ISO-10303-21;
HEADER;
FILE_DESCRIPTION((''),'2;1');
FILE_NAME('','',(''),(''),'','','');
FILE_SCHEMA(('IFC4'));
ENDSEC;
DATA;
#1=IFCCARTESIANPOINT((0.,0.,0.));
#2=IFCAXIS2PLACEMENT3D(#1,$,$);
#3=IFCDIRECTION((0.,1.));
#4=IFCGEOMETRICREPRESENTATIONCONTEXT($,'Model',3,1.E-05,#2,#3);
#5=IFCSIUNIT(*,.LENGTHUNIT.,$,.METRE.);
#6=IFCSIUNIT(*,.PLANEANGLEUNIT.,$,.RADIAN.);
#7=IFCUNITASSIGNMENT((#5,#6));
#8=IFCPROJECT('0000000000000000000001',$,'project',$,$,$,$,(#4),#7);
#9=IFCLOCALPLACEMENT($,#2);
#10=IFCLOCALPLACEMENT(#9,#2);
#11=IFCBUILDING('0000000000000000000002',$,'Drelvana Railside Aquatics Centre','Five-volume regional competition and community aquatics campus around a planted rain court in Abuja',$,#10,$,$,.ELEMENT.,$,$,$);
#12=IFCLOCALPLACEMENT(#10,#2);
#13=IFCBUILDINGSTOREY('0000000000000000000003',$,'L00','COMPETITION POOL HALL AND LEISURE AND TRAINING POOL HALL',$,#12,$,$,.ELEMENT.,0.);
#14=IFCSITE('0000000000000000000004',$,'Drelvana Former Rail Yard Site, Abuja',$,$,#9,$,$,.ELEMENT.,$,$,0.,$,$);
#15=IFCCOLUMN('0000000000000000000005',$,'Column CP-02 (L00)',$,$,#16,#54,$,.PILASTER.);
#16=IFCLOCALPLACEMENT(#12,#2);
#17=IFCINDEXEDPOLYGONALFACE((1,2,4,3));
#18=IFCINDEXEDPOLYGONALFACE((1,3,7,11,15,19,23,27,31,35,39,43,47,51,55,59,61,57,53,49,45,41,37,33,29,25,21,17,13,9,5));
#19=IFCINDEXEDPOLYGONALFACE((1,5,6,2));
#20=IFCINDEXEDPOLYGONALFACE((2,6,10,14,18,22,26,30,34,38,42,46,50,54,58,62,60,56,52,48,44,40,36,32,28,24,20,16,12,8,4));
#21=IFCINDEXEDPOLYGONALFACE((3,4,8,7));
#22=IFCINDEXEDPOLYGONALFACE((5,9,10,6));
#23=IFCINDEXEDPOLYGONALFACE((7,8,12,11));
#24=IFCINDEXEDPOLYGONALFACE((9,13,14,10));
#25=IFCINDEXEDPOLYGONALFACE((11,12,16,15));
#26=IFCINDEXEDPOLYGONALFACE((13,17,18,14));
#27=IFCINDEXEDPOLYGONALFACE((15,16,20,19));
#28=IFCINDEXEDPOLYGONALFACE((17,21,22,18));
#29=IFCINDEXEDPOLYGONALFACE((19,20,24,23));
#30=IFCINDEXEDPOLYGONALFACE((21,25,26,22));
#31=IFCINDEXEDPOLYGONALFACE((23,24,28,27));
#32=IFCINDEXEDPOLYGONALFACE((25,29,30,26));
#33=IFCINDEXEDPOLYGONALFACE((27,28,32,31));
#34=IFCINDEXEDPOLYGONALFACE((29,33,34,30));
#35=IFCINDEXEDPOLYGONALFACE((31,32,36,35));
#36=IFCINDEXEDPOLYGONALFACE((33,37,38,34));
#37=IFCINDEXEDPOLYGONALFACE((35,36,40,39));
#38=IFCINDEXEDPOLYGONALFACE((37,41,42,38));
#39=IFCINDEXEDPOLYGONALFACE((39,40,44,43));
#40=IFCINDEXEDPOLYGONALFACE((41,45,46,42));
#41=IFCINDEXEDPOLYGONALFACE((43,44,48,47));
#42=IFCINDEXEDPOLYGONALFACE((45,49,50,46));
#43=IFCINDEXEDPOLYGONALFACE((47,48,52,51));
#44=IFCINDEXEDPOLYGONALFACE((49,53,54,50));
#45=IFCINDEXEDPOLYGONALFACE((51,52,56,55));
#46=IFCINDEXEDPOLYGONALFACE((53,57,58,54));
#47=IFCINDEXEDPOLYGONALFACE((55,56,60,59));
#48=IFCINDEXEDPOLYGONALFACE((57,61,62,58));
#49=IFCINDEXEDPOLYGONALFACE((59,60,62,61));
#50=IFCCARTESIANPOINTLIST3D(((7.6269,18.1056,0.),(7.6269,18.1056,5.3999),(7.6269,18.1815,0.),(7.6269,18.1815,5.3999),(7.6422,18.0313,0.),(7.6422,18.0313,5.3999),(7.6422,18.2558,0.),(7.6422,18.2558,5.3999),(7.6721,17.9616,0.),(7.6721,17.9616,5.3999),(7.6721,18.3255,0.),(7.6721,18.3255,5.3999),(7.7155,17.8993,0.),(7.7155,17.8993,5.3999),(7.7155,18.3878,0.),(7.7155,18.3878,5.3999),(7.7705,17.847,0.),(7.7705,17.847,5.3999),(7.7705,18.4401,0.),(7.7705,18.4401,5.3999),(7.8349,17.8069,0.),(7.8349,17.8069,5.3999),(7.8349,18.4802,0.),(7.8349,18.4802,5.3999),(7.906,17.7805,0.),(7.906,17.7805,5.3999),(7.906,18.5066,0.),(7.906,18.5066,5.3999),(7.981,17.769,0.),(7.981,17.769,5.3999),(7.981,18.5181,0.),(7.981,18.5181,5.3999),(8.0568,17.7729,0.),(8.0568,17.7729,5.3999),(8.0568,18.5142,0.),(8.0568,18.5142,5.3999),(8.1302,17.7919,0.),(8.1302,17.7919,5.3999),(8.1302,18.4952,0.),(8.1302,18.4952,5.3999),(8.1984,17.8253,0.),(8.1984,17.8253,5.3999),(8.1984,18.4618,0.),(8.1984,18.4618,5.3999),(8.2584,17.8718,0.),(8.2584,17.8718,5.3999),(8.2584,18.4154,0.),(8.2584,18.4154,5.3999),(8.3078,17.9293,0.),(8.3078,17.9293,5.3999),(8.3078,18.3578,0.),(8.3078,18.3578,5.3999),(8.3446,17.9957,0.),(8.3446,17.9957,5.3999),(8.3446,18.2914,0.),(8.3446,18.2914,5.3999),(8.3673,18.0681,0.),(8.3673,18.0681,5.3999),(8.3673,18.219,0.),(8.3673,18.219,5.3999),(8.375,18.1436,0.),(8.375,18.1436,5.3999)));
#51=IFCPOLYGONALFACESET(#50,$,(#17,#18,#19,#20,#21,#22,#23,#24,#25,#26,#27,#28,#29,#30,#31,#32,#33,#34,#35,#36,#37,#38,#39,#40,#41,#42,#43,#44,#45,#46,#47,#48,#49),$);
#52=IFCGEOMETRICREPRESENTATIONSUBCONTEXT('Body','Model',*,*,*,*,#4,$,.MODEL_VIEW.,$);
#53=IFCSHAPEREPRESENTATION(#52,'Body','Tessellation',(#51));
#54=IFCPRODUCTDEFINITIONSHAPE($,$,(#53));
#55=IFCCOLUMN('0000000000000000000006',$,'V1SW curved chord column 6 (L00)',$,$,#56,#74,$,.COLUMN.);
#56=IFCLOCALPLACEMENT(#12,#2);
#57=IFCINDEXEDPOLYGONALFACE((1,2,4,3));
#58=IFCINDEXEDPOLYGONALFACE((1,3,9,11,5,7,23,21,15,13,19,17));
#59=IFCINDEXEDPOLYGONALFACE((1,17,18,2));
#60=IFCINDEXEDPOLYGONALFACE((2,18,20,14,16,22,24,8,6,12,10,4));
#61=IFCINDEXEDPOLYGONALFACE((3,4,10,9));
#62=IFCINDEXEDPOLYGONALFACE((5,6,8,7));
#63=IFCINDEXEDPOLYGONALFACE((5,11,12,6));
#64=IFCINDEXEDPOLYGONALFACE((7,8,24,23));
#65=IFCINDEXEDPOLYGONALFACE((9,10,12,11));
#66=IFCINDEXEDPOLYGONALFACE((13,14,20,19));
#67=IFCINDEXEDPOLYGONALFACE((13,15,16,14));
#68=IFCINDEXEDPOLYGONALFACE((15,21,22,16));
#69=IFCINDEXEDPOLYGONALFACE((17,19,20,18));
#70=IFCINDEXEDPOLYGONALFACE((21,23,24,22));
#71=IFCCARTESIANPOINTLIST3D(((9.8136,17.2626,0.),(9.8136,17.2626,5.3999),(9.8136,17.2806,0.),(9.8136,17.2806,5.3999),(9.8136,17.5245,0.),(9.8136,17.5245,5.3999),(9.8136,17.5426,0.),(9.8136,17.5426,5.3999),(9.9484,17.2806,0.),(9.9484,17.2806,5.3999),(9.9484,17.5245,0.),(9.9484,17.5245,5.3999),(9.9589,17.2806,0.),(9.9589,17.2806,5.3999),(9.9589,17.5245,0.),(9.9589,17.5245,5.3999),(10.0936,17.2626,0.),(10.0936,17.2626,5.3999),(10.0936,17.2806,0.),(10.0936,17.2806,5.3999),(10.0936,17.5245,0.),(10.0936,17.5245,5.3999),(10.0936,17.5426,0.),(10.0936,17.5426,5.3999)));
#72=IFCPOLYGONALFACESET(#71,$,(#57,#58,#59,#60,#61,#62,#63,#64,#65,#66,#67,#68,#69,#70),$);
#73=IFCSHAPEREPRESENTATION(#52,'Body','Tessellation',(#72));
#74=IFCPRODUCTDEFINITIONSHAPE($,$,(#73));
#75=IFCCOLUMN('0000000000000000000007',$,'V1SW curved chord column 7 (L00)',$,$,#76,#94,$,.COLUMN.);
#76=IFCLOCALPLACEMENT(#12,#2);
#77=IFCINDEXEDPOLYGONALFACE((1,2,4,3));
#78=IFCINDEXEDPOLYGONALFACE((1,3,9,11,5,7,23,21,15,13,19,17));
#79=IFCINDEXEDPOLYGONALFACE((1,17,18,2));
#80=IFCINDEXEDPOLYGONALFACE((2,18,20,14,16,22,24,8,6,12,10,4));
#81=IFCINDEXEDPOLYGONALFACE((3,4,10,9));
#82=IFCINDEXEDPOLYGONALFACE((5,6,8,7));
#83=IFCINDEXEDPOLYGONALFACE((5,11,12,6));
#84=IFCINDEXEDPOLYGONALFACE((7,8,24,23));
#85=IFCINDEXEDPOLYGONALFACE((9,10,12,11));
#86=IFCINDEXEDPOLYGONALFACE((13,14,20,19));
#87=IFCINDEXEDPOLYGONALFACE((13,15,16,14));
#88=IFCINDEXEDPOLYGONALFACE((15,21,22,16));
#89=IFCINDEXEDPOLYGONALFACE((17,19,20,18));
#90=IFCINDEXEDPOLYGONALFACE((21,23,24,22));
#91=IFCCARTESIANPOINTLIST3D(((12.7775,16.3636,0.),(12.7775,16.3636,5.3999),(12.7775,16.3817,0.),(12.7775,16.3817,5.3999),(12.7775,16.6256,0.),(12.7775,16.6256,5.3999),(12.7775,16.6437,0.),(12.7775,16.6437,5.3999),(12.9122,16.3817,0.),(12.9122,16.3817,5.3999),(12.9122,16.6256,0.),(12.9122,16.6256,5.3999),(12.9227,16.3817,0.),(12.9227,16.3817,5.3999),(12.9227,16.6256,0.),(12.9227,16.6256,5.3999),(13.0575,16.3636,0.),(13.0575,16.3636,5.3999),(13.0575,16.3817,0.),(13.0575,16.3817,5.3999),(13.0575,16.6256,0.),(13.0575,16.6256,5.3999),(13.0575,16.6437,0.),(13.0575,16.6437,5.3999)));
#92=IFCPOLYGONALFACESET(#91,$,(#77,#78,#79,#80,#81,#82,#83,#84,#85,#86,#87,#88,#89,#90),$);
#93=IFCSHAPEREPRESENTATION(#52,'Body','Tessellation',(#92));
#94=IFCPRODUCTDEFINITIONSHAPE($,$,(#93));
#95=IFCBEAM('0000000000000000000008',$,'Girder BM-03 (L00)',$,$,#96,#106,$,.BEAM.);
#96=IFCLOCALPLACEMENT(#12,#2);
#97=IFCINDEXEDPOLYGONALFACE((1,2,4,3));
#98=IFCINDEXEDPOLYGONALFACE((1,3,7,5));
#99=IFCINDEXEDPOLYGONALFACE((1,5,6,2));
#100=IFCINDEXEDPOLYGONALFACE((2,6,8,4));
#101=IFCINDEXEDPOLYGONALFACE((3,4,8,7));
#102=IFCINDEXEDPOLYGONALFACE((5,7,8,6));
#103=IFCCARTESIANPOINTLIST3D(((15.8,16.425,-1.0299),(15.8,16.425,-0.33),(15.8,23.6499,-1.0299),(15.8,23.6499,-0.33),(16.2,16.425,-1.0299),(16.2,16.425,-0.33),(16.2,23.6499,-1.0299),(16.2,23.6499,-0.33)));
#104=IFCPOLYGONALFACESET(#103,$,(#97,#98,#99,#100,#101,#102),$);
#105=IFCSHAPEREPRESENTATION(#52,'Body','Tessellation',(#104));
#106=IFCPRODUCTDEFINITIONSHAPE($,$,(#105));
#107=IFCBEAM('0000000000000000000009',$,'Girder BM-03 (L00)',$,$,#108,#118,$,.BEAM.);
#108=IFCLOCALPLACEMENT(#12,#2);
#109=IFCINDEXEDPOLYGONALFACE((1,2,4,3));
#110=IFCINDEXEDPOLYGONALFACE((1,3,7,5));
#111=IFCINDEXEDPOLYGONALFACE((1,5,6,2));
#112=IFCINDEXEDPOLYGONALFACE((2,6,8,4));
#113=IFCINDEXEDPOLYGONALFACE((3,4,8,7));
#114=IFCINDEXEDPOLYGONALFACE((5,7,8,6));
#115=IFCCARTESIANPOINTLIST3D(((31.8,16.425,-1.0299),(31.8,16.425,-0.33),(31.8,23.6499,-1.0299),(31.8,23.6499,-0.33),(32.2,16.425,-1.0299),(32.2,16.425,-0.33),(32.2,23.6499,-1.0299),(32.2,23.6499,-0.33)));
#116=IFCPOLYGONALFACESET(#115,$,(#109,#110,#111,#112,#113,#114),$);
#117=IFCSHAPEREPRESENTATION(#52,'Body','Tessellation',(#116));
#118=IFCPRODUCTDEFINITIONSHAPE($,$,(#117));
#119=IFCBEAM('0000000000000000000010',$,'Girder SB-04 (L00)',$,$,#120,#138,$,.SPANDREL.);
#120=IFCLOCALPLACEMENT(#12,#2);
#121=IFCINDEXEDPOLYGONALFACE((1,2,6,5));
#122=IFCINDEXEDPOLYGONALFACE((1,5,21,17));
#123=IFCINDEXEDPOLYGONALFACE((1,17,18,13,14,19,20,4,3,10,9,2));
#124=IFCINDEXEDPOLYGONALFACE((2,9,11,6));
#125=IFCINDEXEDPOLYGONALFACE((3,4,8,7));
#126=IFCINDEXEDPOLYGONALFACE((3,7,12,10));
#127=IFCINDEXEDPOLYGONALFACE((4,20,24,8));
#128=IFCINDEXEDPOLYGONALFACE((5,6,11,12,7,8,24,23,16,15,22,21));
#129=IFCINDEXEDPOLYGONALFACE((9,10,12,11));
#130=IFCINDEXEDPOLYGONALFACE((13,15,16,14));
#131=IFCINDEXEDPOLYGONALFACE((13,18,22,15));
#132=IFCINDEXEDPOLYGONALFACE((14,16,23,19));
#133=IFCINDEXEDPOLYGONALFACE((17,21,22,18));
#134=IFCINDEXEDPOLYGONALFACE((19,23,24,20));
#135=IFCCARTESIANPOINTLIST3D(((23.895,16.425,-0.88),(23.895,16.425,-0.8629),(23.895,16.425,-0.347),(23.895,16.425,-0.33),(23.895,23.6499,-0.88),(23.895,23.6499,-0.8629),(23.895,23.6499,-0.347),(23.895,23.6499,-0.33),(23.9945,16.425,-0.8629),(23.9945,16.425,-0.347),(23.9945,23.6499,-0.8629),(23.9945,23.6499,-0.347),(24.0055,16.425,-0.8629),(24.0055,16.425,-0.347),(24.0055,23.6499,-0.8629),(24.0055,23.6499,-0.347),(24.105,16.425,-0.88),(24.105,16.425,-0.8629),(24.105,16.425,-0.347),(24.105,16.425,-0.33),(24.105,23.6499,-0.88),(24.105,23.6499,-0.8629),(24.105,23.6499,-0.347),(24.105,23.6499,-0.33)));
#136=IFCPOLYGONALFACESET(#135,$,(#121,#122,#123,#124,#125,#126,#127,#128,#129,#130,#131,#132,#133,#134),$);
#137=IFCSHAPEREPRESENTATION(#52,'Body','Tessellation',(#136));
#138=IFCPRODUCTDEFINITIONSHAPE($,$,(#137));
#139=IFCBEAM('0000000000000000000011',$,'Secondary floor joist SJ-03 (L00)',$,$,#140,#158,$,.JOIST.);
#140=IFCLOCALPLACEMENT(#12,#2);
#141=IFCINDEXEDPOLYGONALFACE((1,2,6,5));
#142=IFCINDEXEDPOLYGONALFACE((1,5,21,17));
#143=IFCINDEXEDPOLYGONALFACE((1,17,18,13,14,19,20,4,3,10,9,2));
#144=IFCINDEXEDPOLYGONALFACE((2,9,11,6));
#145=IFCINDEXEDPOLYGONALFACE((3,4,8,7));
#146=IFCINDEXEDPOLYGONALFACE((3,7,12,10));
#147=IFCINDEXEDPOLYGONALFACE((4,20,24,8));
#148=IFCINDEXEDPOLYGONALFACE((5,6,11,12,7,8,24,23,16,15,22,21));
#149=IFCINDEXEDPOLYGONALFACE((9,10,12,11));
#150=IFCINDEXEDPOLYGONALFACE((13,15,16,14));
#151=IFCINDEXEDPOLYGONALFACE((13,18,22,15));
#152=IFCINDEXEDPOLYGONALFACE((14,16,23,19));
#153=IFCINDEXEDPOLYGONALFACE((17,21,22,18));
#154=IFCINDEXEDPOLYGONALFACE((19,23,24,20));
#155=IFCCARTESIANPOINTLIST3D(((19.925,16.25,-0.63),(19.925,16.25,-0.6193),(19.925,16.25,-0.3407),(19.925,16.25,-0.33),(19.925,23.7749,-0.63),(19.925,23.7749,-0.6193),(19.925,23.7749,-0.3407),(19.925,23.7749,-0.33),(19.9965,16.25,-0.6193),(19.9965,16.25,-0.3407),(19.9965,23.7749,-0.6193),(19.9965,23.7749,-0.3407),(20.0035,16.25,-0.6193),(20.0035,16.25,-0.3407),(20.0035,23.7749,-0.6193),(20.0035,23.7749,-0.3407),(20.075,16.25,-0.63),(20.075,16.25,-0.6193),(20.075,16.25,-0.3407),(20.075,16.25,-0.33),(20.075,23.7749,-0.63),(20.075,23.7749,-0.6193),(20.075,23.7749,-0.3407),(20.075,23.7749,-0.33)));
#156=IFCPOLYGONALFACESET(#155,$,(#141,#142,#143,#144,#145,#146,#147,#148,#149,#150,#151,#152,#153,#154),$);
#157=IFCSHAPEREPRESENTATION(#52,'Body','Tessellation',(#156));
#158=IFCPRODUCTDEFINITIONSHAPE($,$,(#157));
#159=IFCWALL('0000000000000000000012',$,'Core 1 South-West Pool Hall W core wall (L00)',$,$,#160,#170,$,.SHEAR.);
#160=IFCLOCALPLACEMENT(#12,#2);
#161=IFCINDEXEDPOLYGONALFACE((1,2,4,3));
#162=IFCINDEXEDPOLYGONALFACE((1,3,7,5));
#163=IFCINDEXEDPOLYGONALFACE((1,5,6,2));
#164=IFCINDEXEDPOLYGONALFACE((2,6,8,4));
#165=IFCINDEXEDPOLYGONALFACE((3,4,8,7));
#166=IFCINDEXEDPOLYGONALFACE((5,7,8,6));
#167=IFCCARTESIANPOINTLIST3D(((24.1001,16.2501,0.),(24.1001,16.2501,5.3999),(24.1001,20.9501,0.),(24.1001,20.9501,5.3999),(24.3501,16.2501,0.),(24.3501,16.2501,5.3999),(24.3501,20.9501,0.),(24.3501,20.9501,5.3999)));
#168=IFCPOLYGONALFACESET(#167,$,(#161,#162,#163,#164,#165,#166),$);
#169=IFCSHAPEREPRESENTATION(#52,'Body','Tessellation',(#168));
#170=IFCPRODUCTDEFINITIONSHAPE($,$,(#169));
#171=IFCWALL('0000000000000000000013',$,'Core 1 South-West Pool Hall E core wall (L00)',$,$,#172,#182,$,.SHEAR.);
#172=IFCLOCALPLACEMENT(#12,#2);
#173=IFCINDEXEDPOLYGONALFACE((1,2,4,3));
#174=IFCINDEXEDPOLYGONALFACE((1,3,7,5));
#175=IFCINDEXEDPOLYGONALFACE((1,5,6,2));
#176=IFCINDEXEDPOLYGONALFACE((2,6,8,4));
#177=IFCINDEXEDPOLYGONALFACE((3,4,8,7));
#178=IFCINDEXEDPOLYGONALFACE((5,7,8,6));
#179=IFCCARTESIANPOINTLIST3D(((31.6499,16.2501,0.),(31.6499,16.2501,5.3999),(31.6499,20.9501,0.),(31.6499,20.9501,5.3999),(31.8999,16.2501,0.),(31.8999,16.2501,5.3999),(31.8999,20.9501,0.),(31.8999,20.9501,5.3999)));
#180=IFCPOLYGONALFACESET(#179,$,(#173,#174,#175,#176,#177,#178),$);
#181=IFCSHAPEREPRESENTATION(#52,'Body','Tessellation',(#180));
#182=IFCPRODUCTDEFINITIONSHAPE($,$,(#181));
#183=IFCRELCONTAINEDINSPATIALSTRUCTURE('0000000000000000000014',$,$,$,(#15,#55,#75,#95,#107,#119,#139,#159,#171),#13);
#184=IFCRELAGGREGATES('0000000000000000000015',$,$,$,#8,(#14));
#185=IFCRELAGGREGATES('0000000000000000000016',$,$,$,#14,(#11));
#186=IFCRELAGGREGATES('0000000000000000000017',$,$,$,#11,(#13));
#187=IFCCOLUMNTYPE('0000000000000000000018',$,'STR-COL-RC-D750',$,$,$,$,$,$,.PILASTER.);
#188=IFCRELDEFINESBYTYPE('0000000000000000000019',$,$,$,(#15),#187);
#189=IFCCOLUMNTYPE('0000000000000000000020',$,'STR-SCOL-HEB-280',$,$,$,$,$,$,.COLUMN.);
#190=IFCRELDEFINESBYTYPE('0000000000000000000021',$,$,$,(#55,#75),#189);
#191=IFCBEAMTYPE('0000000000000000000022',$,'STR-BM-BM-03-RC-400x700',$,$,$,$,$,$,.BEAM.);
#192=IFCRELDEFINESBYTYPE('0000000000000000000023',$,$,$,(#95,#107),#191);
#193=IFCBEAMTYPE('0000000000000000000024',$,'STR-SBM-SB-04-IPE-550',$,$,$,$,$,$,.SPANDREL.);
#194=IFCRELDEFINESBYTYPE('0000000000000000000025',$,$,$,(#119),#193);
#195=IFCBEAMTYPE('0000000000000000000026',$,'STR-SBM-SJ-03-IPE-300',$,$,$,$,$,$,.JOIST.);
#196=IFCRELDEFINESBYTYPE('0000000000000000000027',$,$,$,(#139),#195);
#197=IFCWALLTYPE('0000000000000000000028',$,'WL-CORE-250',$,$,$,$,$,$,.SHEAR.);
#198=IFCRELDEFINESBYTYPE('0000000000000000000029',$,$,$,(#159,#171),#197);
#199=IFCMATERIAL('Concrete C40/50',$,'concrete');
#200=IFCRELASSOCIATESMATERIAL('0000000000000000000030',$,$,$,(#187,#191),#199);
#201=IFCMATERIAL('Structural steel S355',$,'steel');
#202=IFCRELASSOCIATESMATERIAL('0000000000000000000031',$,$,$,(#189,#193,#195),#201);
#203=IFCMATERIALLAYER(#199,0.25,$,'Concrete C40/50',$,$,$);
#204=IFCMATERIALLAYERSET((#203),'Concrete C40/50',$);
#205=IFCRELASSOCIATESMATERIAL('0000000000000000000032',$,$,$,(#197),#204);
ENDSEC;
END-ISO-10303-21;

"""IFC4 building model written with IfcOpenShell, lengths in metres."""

from ifc_helpers import new_model, si_unit, direction, frame, frame_2d, origin, origin_2d, place, context, subcontext, project, spatial, rectangle, circle, i_section, extrude, material, layer, layer_set, material_profile, profile_set, type_object, element, save


model = new_model("IFC4")

# Units and contexts
model_context = context("Model", 3, precision=1e-05, world=origin(), true_north=direction((0.0, 1.0)))
body_context = subcontext(model_context, "Body", "Model", "MODEL_VIEW")
ifc_project = project(units=[si_unit("LENGTHUNIT", "METRE"), si_unit("PLANEANGLEUNIT", "RADIAN")], contexts=[model_context])

# Site, building, storey
site_placement = place(None, origin())
site = spatial("IfcSite", under=ifc_project, at=site_placement, Name="Drelvana Former Rail Yard Site, Abuja", CompositionType="ELEMENT", RefElevation=0.0)
building_placement = place(site_placement, origin())
building = spatial("IfcBuilding", under=site, at=building_placement, Name="Drelvana Railside Aquatics Centre", Description="Five-volume regional competition and community aquatics campus around a planted rain court in Abuja", CompositionType="ELEMENT")
storey_placement = place(building_placement, origin())
storey = spatial("IfcBuildingStorey", under=building, at=storey_placement, Name="L00", Description="COMPETITION POOL HALL AND LEISURE AND TRAINING POOL HALL", CompositionType="ELEMENT", Elevation=0.0)

# Columns
ifc_material_1 = material(Name="Concrete C40/50", Category="concrete")
ifc_material_profile_1 = material_profile(ifc_material_1, circle(Radius=0.375, at=origin_2d()), Name="RC D750")
ifc_profile_set_1 = profile_set([ifc_material_profile_1], Name="Concrete C40/50")
column_type_1 = type_object("IfcColumnType", Name="STR-COL-RC-D750", PredefinedType="PILASTER", material=ifc_profile_set_1)
column_placement = place(storey_placement, frame((8.0, 18.1436, 0.0), z_axis=(0.0, 0.0, 1.0), x_axis=(1.0, 0.0, 0.0)))
element("IfcColumn", 1, at=column_placement, inside=storey, type_object=column_type_1, Name="Column CP-02 (L00)", PredefinedType="PILASTER", context=body_context, shape_type="SweptSolid", body=[
    extrude(circle(Radius=0.375, at=origin_2d()), origin(), (0.0, 0.0, 1.0), 5.3999),
])
ifc_material_2 = material(Name="Structural steel S355", Category="steel")
ifc_material_profile_2 = material_profile(ifc_material_2, i_section(OverallWidth=0.28, OverallDepth=0.28, WebThickness=0.0105, FlangeThickness=0.0181, at=origin_2d()), Name="HEB 280")
ifc_profile_set_2 = profile_set([ifc_material_profile_2], Name="Structural steel S355")
column_type_2 = type_object("IfcColumnType", Name="STR-SCOL-HEB-280", PredefinedType="COLUMN", material=ifc_profile_set_2)
for number, where, z_axis, x_axis, name in (
    (2, (9.9536, 17.4026, 0.0), (0.0, 0.0, 1.0), (1.0, 0.0, 0.0), "V1SW curved chord column 6 (L00)"),
    (3, (12.9175, 16.5037, 0.0), (0.0, 0.0, 1.0), (1.0, 0.0, 0.0), "V1SW curved chord column 7 (L00)"),
):
    element("IfcColumn", number, at=place(storey_placement, frame(where, z_axis=z_axis, x_axis=x_axis)), inside=storey, type_object=column_type_2, Name=name, PredefinedType="COLUMN", context=body_context, shape_type="SweptSolid", body=[
        extrude(i_section(OverallWidth=0.28, OverallDepth=0.28, WebThickness=0.0105, FlangeThickness=0.0181, at=origin_2d()), origin(), (0.0, 0.0, 1.0), 5.3999),
    ])

# Beams
ifc_material_profile_3 = material_profile(ifc_material_1, rectangle(XDim=0.3999, YDim=0.7, at=origin_2d()), Name="RC 400x700")
ifc_profile_set_3 = profile_set([ifc_material_profile_3], Name="Concrete C40/50")
beam_type_1 = type_object("IfcBeamType", Name="STR-BM-BM-03-RC-400x700", PredefinedType="BEAM", material=ifc_profile_set_3)
for number, where, z_axis, x_axis, name in (
    (4, (16.0, 16.425, -0.6799), (0.0, 1.0, 0.0), (-1.0, 0.0, 0.0), "Girder BM-03 (L00)"),
    (5, (32.0, 16.425, -0.6799), (0.0, 1.0, 0.0), (-1.0, 0.0, 0.0), "Girder BM-03 (L00)"),
):
    element("IfcBeam", number, at=place(storey_placement, frame(where, z_axis=z_axis, x_axis=x_axis)), inside=storey, type_object=beam_type_1, Name=name, PredefinedType="BEAM", context=body_context, shape_type="SweptSolid", body=[
        extrude(rectangle(XDim=0.3999, YDim=0.7, at=origin_2d()), origin(), (0.0, 0.0, 1.0), 7.2249),
    ])
ifc_material_profile_4 = material_profile(ifc_material_2, i_section(OverallWidth=0.21, OverallDepth=0.55, WebThickness=0.011, FlangeThickness=0.0171, at=origin_2d()), Name="IPE 550")
ifc_profile_set_4 = profile_set([ifc_material_profile_4], Name="Structural steel S355")
beam_type_2 = type_object("IfcBeamType", Name="STR-SBM-SB-04-IPE-550", PredefinedType="SPANDREL", material=ifc_profile_set_4)
beam_1_placement = place(storey_placement, frame((24.0, 16.425, -0.605), z_axis=(0.0, 1.0, 0.0), x_axis=(-1.0, 0.0, 0.0)))
element("IfcBeam", 6, at=beam_1_placement, inside=storey, type_object=beam_type_2, Name="Girder SB-04 (L00)", PredefinedType="SPANDREL", context=body_context, shape_type="SweptSolid", body=[
    extrude(i_section(OverallWidth=0.21, OverallDepth=0.55, WebThickness=0.011, FlangeThickness=0.0171, at=origin_2d()), origin(), (0.0, 0.0, 1.0), 7.2249),
])
ifc_material_profile_5 = material_profile(ifc_material_2, i_section(OverallWidth=0.1499, OverallDepth=0.3, WebThickness=0.0071, FlangeThickness=0.0107, at=origin_2d()), Name="IPE 300")
ifc_profile_set_5 = profile_set([ifc_material_profile_5], Name="Structural steel S355")
beam_type_3 = type_object("IfcBeamType", Name="STR-SBM-SJ-03-IPE-300", PredefinedType="JOIST", material=ifc_profile_set_5)
beam_2_placement = place(storey_placement, frame((20.0, 16.25, -0.48), z_axis=(0.0, 1.0, 0.0), x_axis=(-1.0, 0.0, 0.0)))
element("IfcBeam", 7, at=beam_2_placement, inside=storey, type_object=beam_type_3, Name="Secondary floor joist SJ-03 (L00)", PredefinedType="JOIST", context=body_context, shape_type="SweptSolid", body=[
    extrude(i_section(OverallWidth=0.1499, OverallDepth=0.3, WebThickness=0.0071, FlangeThickness=0.0107, at=origin_2d()), origin(), (0.0, 0.0, 1.0), 7.5249),
])

# Walls
ifc_layer_1 = layer(ifc_material_1, 0.25, Name="Concrete C40/50")
ifc_layer_set_1 = layer_set([ifc_layer_1], Name="Concrete C40/50")
wall_type_1 = type_object("IfcWallType", Name="WL-CORE-250", PredefinedType="SHEAR", material=ifc_layer_set_1)
for number, where, z_axis, x_axis, name in (
    (8, (24.2251, 16.25, 0.0), (0.0, 0.0, 1.0), (0.0, 1.0, 0.0), "Core 1 South-West Pool Hall W core wall (L00)"),
    (9, (31.7749, 16.25, 0.0), (0.0, 0.0, 1.0), (0.0, 1.0, 0.0), "Core 1 South-West Pool Hall E core wall (L00)"),
):
    element("IfcWall", number, at=place(storey_placement, frame(where, z_axis=z_axis, x_axis=x_axis)), inside=storey, type_object=wall_type_1, Name=name, PredefinedType="SHEAR", context=body_context, shape_type="SweptSolid", body=[
        extrude(rectangle(XDim=4.7, YDim=0.25, at=frame_2d((2.3501, 0.0))), origin(), (0.0, 0.0, 1.0), 5.3999),
    ])

save(model, "model.ifc")
